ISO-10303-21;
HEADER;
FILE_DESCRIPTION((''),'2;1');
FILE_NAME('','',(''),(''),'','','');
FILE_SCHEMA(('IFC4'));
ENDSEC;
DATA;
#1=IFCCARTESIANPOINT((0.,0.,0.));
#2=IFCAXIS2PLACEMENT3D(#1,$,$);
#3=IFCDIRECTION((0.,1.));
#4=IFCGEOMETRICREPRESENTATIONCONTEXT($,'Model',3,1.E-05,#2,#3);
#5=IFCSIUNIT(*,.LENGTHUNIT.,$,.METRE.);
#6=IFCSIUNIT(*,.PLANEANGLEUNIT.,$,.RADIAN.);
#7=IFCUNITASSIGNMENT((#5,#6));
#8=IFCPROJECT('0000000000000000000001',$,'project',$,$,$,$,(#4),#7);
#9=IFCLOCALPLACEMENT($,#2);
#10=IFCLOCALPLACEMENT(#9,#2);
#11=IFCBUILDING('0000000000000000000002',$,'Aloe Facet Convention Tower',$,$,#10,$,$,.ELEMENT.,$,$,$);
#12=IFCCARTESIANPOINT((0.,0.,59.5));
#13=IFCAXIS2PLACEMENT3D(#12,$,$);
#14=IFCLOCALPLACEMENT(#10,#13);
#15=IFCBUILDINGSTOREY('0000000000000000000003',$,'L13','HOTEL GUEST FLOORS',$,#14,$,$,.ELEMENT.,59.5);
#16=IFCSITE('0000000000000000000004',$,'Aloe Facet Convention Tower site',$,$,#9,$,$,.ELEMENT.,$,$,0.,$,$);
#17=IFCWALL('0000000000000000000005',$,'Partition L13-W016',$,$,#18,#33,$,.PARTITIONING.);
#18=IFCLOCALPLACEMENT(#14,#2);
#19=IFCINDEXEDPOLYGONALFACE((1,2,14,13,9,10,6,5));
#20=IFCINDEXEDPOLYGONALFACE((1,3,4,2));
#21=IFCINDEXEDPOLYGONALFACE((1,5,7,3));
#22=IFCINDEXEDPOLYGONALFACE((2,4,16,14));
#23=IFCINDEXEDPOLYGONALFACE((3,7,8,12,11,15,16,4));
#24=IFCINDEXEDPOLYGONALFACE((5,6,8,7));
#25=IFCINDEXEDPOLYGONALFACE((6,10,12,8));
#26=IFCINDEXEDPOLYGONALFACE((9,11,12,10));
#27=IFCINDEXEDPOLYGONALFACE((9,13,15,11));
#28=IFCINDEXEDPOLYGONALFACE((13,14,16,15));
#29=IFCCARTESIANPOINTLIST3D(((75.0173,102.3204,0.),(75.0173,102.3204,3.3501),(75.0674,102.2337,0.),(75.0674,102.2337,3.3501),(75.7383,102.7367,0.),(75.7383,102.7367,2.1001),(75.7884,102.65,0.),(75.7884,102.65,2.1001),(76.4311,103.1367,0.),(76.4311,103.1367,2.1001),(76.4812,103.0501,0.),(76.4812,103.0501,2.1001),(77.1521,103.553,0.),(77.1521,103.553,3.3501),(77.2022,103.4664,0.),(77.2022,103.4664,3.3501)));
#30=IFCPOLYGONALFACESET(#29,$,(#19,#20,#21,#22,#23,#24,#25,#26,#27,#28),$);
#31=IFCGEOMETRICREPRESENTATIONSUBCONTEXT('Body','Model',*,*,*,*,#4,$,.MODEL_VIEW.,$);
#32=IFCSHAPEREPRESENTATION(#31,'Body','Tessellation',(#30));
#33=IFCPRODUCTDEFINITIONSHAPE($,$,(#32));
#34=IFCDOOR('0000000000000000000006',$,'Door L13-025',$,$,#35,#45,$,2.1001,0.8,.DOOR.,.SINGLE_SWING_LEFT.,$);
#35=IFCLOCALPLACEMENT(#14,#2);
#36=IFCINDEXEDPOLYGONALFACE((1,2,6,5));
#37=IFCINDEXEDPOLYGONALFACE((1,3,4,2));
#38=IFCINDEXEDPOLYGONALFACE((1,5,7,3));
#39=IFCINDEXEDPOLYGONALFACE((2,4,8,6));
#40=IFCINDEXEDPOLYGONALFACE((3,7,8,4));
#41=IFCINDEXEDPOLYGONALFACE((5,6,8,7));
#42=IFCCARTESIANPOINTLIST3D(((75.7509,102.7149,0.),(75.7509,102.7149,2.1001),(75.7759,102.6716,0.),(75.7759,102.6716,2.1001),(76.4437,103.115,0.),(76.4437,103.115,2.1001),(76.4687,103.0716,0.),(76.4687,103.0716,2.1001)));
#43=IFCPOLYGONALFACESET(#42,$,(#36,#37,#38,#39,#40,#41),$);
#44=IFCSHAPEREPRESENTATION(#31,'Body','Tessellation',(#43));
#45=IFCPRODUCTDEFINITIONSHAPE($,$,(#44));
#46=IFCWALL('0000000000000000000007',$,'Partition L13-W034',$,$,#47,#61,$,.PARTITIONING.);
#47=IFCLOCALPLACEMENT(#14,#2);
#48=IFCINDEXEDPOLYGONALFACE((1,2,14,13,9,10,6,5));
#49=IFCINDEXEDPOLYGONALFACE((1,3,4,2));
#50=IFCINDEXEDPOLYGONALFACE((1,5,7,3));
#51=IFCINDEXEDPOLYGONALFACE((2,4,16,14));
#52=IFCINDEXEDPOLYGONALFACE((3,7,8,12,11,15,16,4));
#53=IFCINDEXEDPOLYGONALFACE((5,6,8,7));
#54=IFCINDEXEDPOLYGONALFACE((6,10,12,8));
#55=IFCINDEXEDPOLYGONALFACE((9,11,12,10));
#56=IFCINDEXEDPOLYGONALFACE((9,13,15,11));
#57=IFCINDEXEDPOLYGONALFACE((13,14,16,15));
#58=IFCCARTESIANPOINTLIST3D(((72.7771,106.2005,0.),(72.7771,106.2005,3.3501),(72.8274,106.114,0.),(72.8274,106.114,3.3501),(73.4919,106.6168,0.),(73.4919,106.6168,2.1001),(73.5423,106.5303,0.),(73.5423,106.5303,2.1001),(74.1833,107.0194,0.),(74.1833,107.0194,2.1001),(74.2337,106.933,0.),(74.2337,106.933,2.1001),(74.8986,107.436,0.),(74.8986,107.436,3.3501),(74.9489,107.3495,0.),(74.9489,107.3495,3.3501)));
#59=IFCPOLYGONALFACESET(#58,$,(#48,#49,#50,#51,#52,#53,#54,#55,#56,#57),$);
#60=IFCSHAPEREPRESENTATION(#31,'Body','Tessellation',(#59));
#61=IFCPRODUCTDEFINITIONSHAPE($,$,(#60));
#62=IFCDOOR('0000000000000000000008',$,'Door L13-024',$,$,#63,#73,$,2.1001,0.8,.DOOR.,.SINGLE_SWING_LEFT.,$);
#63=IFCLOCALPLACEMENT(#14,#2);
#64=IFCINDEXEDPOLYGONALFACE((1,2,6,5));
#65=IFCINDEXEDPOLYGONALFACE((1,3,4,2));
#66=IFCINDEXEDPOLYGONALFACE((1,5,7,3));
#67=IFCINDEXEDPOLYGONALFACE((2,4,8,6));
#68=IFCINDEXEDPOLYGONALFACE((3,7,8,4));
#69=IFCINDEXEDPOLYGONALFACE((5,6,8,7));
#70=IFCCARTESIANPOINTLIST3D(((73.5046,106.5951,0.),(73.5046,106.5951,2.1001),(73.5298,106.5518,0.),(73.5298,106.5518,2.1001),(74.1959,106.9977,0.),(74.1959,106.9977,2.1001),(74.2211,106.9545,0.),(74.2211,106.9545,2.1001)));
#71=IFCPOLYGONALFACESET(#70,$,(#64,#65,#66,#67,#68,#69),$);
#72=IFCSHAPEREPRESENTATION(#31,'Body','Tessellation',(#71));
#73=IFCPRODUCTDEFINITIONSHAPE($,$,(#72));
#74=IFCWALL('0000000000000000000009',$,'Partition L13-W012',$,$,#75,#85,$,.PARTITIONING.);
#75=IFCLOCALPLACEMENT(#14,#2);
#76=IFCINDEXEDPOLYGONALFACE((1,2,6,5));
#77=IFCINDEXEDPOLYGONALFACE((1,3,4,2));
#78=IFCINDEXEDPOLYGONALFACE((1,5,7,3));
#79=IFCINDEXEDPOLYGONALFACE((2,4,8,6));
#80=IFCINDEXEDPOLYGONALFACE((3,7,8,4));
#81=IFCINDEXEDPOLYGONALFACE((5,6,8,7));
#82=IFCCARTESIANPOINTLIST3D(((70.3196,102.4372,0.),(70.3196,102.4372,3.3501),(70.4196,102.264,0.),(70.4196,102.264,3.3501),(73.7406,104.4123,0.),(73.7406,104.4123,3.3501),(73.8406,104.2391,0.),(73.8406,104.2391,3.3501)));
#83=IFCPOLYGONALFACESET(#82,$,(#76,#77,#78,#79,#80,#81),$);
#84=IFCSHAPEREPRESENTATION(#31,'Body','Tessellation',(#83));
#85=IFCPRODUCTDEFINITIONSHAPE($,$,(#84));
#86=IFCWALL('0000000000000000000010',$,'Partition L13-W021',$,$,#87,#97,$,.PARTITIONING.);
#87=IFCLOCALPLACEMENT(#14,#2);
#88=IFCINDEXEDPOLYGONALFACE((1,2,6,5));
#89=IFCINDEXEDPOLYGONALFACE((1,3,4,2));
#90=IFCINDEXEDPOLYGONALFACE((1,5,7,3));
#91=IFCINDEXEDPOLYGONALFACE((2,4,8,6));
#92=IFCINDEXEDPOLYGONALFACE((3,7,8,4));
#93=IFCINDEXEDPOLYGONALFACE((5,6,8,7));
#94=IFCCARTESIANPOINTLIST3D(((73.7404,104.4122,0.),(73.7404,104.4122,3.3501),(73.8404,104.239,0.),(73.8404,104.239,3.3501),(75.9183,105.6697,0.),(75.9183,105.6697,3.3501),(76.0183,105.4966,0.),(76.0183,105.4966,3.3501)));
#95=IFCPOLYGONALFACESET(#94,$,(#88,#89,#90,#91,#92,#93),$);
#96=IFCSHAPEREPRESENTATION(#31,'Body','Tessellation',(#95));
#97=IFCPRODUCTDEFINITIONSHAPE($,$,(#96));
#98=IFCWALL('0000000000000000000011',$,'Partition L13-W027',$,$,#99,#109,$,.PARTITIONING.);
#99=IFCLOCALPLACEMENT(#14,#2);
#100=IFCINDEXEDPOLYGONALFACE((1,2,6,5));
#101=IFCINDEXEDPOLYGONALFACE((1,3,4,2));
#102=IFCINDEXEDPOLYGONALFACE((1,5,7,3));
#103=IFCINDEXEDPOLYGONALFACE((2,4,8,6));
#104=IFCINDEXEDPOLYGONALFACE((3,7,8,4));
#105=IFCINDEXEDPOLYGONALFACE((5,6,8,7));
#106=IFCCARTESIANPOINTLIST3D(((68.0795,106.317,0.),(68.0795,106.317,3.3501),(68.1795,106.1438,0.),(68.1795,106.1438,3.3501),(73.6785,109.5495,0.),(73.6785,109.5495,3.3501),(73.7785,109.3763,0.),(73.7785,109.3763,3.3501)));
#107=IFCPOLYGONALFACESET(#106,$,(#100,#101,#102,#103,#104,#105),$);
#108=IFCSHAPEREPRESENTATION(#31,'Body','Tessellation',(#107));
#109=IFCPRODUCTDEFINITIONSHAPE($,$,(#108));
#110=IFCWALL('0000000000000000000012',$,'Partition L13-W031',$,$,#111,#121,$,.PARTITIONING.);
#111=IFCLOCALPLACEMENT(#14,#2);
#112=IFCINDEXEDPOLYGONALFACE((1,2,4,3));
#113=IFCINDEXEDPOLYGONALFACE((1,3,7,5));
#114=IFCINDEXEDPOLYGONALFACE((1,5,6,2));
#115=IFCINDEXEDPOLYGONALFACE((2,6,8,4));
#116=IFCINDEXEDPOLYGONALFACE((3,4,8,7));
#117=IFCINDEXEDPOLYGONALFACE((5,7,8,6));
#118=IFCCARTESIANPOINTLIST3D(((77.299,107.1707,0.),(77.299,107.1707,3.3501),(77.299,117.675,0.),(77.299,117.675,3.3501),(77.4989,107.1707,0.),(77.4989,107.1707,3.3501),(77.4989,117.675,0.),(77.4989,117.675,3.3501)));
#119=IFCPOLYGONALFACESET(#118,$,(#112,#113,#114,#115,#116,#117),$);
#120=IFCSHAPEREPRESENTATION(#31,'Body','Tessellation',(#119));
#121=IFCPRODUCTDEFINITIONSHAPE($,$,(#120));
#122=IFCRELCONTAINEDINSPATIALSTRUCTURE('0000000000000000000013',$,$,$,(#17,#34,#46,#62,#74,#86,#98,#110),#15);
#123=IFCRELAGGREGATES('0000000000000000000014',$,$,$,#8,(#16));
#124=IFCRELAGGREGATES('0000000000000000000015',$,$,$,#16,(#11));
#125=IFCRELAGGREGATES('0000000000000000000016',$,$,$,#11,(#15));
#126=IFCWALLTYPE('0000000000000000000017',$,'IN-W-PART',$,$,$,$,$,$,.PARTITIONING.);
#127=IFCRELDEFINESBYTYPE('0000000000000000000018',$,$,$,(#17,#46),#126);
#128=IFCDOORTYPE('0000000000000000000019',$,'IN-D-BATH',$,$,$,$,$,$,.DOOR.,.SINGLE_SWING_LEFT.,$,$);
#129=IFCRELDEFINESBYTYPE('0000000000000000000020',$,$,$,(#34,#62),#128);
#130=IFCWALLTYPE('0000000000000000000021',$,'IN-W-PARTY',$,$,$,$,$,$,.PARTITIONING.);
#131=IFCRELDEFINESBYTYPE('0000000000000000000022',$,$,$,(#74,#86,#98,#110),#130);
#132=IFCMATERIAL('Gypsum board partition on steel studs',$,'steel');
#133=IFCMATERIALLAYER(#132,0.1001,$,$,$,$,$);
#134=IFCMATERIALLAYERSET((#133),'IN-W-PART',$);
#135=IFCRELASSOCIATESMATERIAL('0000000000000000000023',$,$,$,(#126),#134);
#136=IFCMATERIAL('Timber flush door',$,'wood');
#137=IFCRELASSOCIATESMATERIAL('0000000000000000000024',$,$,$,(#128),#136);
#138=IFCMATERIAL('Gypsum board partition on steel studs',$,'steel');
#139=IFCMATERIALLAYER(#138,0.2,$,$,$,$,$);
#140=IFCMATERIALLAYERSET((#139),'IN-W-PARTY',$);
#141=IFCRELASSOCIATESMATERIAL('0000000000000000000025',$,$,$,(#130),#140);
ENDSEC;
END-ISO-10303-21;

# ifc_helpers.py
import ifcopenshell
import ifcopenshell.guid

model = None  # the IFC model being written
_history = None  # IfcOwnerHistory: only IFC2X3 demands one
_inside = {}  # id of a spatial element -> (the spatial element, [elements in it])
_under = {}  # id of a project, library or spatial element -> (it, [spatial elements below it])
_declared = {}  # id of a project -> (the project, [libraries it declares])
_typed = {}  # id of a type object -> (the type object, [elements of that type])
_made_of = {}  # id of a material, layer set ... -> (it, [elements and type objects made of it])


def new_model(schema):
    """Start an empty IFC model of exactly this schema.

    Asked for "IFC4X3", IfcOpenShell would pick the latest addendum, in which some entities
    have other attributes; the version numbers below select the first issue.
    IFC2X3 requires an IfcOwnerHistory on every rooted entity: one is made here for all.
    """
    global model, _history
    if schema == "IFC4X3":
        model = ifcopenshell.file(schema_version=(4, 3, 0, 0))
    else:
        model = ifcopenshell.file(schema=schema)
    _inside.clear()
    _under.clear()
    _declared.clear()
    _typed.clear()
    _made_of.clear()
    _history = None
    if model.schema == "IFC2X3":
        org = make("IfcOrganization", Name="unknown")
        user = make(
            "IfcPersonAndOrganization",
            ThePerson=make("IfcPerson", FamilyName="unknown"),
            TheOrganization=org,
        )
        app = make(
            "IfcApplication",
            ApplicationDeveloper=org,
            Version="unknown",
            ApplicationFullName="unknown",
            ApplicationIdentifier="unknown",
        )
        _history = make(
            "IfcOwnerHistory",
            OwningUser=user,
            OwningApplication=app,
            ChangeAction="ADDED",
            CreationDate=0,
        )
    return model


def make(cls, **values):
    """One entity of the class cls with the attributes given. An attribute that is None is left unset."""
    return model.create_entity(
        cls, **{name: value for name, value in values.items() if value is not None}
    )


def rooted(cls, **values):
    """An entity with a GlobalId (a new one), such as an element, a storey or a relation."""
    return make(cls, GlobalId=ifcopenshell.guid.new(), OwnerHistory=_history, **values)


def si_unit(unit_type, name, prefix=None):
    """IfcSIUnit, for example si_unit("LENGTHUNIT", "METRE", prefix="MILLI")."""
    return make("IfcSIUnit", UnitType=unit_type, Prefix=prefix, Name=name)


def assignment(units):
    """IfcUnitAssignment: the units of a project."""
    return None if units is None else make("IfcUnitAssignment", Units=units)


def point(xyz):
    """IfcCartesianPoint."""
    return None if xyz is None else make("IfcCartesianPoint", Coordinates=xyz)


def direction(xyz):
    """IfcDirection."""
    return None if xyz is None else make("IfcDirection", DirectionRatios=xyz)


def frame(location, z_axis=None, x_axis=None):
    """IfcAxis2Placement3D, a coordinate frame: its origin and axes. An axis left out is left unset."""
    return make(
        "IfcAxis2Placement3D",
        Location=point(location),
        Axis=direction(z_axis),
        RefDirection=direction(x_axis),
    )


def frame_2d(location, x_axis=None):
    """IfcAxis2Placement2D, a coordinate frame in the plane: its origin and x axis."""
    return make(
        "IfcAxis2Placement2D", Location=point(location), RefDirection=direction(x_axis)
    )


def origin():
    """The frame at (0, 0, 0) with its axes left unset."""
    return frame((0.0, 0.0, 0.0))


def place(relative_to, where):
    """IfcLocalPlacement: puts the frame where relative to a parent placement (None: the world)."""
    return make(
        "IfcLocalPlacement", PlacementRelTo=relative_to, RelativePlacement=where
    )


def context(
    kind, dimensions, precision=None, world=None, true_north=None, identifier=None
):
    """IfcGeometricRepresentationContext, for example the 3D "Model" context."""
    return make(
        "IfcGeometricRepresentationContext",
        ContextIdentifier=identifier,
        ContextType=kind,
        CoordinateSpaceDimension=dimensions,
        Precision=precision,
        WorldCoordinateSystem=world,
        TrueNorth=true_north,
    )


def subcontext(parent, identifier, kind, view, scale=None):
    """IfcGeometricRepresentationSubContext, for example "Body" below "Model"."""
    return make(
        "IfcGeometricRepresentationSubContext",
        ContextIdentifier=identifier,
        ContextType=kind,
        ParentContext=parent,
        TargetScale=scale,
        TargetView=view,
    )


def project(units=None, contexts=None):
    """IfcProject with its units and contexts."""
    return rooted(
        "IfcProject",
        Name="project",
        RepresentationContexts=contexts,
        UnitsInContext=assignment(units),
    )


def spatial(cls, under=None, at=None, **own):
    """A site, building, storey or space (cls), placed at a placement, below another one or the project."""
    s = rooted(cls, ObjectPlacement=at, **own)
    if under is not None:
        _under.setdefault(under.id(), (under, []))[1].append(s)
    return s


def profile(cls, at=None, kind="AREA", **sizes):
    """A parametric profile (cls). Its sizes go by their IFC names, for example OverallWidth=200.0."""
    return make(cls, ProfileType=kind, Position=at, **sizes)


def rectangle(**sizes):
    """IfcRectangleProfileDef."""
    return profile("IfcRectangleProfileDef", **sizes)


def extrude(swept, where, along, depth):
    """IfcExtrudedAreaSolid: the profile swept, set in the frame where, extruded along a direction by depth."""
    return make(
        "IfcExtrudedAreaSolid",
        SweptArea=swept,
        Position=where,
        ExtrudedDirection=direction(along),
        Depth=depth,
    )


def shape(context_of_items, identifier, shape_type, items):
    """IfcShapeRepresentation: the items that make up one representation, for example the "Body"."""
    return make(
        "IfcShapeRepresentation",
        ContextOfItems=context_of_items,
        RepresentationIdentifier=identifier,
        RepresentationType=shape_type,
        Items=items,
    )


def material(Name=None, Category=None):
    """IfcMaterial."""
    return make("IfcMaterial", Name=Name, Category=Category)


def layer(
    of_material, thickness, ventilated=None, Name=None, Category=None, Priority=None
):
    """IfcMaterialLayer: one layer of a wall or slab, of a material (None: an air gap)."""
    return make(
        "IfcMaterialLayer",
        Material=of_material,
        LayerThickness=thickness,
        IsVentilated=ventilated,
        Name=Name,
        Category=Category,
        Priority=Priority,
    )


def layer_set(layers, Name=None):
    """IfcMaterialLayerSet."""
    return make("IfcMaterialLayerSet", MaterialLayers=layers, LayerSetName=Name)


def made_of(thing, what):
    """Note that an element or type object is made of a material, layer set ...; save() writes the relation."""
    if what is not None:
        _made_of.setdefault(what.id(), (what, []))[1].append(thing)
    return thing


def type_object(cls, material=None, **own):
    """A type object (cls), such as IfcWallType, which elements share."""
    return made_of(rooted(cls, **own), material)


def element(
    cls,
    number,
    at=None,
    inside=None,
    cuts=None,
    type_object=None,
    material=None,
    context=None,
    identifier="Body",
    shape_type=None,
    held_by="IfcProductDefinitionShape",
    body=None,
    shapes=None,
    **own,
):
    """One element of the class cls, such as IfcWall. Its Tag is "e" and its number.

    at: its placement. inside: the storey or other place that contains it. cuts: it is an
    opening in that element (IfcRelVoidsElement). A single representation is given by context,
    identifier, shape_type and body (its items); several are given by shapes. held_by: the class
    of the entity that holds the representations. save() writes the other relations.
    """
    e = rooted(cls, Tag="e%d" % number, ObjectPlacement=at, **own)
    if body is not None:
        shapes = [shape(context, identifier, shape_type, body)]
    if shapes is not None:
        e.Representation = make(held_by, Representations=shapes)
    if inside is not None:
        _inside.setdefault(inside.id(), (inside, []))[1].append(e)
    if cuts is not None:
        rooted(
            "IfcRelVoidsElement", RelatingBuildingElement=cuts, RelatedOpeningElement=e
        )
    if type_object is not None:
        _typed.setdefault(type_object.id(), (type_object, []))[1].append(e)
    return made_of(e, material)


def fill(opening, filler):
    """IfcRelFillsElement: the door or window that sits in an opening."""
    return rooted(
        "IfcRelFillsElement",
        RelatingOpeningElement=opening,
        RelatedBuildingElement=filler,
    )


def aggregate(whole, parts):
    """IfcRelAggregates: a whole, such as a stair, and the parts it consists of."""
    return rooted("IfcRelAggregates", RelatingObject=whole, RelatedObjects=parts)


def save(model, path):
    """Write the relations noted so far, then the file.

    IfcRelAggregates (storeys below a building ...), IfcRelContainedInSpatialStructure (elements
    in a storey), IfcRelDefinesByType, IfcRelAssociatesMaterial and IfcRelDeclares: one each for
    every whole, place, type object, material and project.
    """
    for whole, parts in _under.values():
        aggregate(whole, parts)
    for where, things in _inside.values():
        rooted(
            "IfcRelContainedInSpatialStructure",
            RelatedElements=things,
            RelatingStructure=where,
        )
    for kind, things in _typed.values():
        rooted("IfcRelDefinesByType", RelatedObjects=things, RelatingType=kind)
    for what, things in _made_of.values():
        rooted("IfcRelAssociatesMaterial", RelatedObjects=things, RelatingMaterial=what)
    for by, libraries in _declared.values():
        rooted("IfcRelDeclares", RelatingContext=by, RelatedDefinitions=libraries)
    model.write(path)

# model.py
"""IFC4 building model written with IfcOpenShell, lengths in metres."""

from ifc_helpers import new_model, si_unit, direction, frame, frame_2d, origin, place, context, subcontext, project, spatial, rectangle, extrude, material, layer, layer_set, type_object, element, fill, save


model = new_model("IFC4")

# Units and contexts
model_context = context("Model", 3, precision=1e-05, world=origin(), true_north=direction((0.0, 1.0)))
body_context = subcontext(model_context, "Body", "Model", "MODEL_VIEW")
ifc_project = project(units=[si_unit("LENGTHUNIT", "METRE"), si_unit("PLANEANGLEUNIT", "RADIAN")], contexts=[model_context])

# Site, building, storey
site_placement = place(None, origin())
site = spatial("IfcSite", under=ifc_project, at=site_placement, Name="Aloe Facet Convention Tower site", CompositionType="ELEMENT", RefElevation=0.0)
building_placement = place(site_placement, origin())
building = spatial("IfcBuilding", under=site, at=building_placement, Name="Aloe Facet Convention Tower", CompositionType="ELEMENT")
storey_placement = place(building_placement, frame((0.0, 0.0, 59.5)))
storey = spatial("IfcBuildingStorey", under=building, at=storey_placement, Name="L13", Description="HOTEL GUEST FLOORS", CompositionType="ELEMENT", Elevation=59.5)

# Shared definitions
ifc_material_1 = material(Name="Gypsum board partition on steel studs", Category="steel")
ifc_layer_1 = layer(ifc_material_1, 0.1001)
ifc_layer_set_1 = layer_set([ifc_layer_1], Name="IN-W-PART")
wall_type_1 = type_object("IfcWallType", Name="IN-W-PART", PredefinedType="PARTITIONING", material=ifc_layer_set_1)

# Walls, openings, doors
wall_1_placement = place(storey_placement, frame((75.0425, 102.2771, 0.0), z_axis=(0.0, 0.0, 1.0), x_axis=(0.865998, 0.500048, 0.0)))
wall_1 = element("IfcWall", 1, at=wall_1_placement, inside=storey, type_object=wall_type_1, Name="Partition L13-W016", PredefinedType="PARTITIONING", context=body_context, shape_type="SweptSolid", body=[
    extrude(rectangle(XDim=2.4651, YDim=0.1001, at=frame_2d((1.2324, 0.0))), origin(), (0.0, 0.0, 1.0), 3.3501),
])
opening_1_placement = place(wall_1_placement, frame((0.8325, 0.0, 0.0)))
opening_1 = element("IfcOpeningElement", 2, at=opening_1_placement, cuts=wall_1, PredefinedType="OPENING", context=body_context, shape_type="SweptSolid", body=[
    extrude(rectangle(XDim=0.8, YDim=2.1001, at=frame_2d((0.3999, 1.05))), frame((0.0, 0.0601, 0.0), z_axis=(0.0, -1.0, 0.0), x_axis=(1.0, 0.0, 0.0)), (0.0, 0.0, 1.0), 0.1201),
])
ifc_material_2 = material(Name="Timber flush door", Category="wood")
door_type_1 = type_object("IfcDoorType", Name="IN-D-BATH", OperationType="SINGLE_SWING_LEFT", PredefinedType="DOOR", material=ifc_material_2)
door_1_placement = place(opening_1_placement, origin())
door_1 = element("IfcDoor", 3, at=door_1_placement, inside=storey, type_object=door_type_1, Name="Door L13-025", OperationType="SINGLE_SWING_LEFT", OverallHeight=2.1001, OverallWidth=0.8, PredefinedType="DOOR", context=body_context, shape_type="SweptSolid", body=[
    extrude(rectangle(XDim=0.8, YDim=2.1001, at=frame_2d((0.3999, 1.05))), frame((0.0, 0.0249, 0.0), z_axis=(0.0, -1.0, 0.0), x_axis=(1.0, 0.0, 0.0)), (0.0, 0.0, 1.0), 0.05),
])
fill(opening_1, door_1)
wall_2_placement = place(storey_placement, frame((72.8022, 106.1572, 0.0), z_axis=(0.0, 0.0, 1.0), x_axis=(0.864132, 0.503265, 0.0)))
wall_2 = element("IfcWall", 4, at=wall_2_placement, inside=storey, type_object=wall_type_1, Name="Partition L13-W034", PredefinedType="PARTITIONING", context=body_context, shape_type="SweptSolid", body=[
    extrude(rectangle(XDim=2.4551, YDim=0.1001, at=frame_2d((1.2275, 0.0))), origin(), (0.0, 0.0, 1.0), 3.3501),
])
opening_2_placement = place(wall_2_placement, frame((0.8274, 0.0, 0.0)))
opening_2 = element("IfcOpeningElement", 5, at=opening_2_placement, cuts=wall_2, PredefinedType="OPENING", context=body_context, shape_type="SweptSolid", body=[
    extrude(rectangle(XDim=0.8, YDim=2.1001, at=frame_2d((0.3999, 1.05))), frame((0.0, 0.0601, 0.0), z_axis=(0.0, -1.0, 0.0), x_axis=(1.0, 0.0, 0.0)), (0.0, 0.0, 1.0), 0.1201),
])
door_2_placement = place(opening_2_placement, origin())
door_2 = element("IfcDoor", 6, at=door_2_placement, inside=storey, type_object=door_type_1, Name="Door L13-024", OperationType="SINGLE_SWING_LEFT", OverallHeight=2.1001, OverallWidth=0.8, PredefinedType="DOOR", context=body_context, shape_type="SweptSolid", body=[
    extrude(rectangle(XDim=0.8, YDim=2.1001, at=frame_2d((0.3999, 1.05))), frame((0.0, 0.0249, 0.0), z_axis=(0.0, -1.0, 0.0), x_axis=(1.0, 0.0, 0.0)), (0.0, 0.0, 1.0), 0.05),
])
fill(opening_2, door_2)

# Walls
ifc_material_3 = material(Name="Gypsum board partition on steel studs", Category="steel")
ifc_layer_2 = layer(ifc_material_3, 0.2)
ifc_layer_set_2 = layer_set([ifc_layer_2], Name="IN-W-PARTY")
wall_type_2 = type_object("IfcWallType", Name="IN-W-PARTY", PredefinedType="PARTITIONING", material=ifc_layer_set_2)
wall_3_placement = place(storey_placement, frame((70.3696, 102.3506, 0.0), z_axis=(0.0, 0.0, 1.0), x_axis=(0.866021, 0.500008, 0.0)))
element("IfcWall", 7, at=wall_3_placement, inside=storey, type_object=wall_type_2, Name="Partition L13-W012", PredefinedType="PARTITIONING", context=body_context, shape_type="SweptSolid", body=[
    extrude(rectangle(XDim=3.9502, YDim=0.2, at=frame_2d((1.9751, 0.0))), origin(), (0.0, 0.0, 1.0), 3.3501),
])
wall_4_placement = place(storey_placement, frame((73.7905, 104.3257, 0.0), z_axis=(0.0, 0.0, 1.0), x_axis=(0.866006, 0.500033, 0.0)))
element("IfcWall", 8, at=wall_4_placement, inside=storey, type_object=wall_type_2, Name="Partition L13-W021", PredefinedType="PARTITIONING", context=body_context, shape_type="SweptSolid", body=[
    extrude(rectangle(XDim=2.5149, YDim=0.2, at=frame_2d((1.2573, 0.0))), origin(), (0.0, 0.0, 1.0), 3.3501),
])
wall_5_placement = place(storey_placement, frame((68.1296, 106.2305, 0.0), z_axis=(0.0, 0.0, 1.0), x_axis=(0.866032, 0.499989, 0.0)))
element("IfcWall", 9, at=wall_5_placement, inside=storey, type_object=wall_type_2, Name="Partition L13-W027", PredefinedType="PARTITIONING", context=body_context, shape_type="SweptSolid", body=[
    extrude(rectangle(XDim=6.4651, YDim=0.2, at=frame_2d((3.2324, 0.0))), origin(), (0.0, 0.0, 1.0), 3.3501),
])
wall_6_placement = place(storey_placement, frame((77.3989, 107.1707, 0.0), z_axis=(0.0, 0.0, 1.0), x_axis=(0.0, 1.0, 0.0)))
element("IfcWall", 10, at=wall_6_placement, inside=storey, type_object=wall_type_2, Name="Partition L13-W031", PredefinedType="PARTITIONING", context=body_context, shape_type="SweptSolid", body=[
    extrude(rectangle(XDim=10.5044, YDim=0.2, at=frame_2d((5.2522, 0.0))), origin(), (0.0, 0.0, 1.0), 3.3501),
])

save(model, "model.ifc")
